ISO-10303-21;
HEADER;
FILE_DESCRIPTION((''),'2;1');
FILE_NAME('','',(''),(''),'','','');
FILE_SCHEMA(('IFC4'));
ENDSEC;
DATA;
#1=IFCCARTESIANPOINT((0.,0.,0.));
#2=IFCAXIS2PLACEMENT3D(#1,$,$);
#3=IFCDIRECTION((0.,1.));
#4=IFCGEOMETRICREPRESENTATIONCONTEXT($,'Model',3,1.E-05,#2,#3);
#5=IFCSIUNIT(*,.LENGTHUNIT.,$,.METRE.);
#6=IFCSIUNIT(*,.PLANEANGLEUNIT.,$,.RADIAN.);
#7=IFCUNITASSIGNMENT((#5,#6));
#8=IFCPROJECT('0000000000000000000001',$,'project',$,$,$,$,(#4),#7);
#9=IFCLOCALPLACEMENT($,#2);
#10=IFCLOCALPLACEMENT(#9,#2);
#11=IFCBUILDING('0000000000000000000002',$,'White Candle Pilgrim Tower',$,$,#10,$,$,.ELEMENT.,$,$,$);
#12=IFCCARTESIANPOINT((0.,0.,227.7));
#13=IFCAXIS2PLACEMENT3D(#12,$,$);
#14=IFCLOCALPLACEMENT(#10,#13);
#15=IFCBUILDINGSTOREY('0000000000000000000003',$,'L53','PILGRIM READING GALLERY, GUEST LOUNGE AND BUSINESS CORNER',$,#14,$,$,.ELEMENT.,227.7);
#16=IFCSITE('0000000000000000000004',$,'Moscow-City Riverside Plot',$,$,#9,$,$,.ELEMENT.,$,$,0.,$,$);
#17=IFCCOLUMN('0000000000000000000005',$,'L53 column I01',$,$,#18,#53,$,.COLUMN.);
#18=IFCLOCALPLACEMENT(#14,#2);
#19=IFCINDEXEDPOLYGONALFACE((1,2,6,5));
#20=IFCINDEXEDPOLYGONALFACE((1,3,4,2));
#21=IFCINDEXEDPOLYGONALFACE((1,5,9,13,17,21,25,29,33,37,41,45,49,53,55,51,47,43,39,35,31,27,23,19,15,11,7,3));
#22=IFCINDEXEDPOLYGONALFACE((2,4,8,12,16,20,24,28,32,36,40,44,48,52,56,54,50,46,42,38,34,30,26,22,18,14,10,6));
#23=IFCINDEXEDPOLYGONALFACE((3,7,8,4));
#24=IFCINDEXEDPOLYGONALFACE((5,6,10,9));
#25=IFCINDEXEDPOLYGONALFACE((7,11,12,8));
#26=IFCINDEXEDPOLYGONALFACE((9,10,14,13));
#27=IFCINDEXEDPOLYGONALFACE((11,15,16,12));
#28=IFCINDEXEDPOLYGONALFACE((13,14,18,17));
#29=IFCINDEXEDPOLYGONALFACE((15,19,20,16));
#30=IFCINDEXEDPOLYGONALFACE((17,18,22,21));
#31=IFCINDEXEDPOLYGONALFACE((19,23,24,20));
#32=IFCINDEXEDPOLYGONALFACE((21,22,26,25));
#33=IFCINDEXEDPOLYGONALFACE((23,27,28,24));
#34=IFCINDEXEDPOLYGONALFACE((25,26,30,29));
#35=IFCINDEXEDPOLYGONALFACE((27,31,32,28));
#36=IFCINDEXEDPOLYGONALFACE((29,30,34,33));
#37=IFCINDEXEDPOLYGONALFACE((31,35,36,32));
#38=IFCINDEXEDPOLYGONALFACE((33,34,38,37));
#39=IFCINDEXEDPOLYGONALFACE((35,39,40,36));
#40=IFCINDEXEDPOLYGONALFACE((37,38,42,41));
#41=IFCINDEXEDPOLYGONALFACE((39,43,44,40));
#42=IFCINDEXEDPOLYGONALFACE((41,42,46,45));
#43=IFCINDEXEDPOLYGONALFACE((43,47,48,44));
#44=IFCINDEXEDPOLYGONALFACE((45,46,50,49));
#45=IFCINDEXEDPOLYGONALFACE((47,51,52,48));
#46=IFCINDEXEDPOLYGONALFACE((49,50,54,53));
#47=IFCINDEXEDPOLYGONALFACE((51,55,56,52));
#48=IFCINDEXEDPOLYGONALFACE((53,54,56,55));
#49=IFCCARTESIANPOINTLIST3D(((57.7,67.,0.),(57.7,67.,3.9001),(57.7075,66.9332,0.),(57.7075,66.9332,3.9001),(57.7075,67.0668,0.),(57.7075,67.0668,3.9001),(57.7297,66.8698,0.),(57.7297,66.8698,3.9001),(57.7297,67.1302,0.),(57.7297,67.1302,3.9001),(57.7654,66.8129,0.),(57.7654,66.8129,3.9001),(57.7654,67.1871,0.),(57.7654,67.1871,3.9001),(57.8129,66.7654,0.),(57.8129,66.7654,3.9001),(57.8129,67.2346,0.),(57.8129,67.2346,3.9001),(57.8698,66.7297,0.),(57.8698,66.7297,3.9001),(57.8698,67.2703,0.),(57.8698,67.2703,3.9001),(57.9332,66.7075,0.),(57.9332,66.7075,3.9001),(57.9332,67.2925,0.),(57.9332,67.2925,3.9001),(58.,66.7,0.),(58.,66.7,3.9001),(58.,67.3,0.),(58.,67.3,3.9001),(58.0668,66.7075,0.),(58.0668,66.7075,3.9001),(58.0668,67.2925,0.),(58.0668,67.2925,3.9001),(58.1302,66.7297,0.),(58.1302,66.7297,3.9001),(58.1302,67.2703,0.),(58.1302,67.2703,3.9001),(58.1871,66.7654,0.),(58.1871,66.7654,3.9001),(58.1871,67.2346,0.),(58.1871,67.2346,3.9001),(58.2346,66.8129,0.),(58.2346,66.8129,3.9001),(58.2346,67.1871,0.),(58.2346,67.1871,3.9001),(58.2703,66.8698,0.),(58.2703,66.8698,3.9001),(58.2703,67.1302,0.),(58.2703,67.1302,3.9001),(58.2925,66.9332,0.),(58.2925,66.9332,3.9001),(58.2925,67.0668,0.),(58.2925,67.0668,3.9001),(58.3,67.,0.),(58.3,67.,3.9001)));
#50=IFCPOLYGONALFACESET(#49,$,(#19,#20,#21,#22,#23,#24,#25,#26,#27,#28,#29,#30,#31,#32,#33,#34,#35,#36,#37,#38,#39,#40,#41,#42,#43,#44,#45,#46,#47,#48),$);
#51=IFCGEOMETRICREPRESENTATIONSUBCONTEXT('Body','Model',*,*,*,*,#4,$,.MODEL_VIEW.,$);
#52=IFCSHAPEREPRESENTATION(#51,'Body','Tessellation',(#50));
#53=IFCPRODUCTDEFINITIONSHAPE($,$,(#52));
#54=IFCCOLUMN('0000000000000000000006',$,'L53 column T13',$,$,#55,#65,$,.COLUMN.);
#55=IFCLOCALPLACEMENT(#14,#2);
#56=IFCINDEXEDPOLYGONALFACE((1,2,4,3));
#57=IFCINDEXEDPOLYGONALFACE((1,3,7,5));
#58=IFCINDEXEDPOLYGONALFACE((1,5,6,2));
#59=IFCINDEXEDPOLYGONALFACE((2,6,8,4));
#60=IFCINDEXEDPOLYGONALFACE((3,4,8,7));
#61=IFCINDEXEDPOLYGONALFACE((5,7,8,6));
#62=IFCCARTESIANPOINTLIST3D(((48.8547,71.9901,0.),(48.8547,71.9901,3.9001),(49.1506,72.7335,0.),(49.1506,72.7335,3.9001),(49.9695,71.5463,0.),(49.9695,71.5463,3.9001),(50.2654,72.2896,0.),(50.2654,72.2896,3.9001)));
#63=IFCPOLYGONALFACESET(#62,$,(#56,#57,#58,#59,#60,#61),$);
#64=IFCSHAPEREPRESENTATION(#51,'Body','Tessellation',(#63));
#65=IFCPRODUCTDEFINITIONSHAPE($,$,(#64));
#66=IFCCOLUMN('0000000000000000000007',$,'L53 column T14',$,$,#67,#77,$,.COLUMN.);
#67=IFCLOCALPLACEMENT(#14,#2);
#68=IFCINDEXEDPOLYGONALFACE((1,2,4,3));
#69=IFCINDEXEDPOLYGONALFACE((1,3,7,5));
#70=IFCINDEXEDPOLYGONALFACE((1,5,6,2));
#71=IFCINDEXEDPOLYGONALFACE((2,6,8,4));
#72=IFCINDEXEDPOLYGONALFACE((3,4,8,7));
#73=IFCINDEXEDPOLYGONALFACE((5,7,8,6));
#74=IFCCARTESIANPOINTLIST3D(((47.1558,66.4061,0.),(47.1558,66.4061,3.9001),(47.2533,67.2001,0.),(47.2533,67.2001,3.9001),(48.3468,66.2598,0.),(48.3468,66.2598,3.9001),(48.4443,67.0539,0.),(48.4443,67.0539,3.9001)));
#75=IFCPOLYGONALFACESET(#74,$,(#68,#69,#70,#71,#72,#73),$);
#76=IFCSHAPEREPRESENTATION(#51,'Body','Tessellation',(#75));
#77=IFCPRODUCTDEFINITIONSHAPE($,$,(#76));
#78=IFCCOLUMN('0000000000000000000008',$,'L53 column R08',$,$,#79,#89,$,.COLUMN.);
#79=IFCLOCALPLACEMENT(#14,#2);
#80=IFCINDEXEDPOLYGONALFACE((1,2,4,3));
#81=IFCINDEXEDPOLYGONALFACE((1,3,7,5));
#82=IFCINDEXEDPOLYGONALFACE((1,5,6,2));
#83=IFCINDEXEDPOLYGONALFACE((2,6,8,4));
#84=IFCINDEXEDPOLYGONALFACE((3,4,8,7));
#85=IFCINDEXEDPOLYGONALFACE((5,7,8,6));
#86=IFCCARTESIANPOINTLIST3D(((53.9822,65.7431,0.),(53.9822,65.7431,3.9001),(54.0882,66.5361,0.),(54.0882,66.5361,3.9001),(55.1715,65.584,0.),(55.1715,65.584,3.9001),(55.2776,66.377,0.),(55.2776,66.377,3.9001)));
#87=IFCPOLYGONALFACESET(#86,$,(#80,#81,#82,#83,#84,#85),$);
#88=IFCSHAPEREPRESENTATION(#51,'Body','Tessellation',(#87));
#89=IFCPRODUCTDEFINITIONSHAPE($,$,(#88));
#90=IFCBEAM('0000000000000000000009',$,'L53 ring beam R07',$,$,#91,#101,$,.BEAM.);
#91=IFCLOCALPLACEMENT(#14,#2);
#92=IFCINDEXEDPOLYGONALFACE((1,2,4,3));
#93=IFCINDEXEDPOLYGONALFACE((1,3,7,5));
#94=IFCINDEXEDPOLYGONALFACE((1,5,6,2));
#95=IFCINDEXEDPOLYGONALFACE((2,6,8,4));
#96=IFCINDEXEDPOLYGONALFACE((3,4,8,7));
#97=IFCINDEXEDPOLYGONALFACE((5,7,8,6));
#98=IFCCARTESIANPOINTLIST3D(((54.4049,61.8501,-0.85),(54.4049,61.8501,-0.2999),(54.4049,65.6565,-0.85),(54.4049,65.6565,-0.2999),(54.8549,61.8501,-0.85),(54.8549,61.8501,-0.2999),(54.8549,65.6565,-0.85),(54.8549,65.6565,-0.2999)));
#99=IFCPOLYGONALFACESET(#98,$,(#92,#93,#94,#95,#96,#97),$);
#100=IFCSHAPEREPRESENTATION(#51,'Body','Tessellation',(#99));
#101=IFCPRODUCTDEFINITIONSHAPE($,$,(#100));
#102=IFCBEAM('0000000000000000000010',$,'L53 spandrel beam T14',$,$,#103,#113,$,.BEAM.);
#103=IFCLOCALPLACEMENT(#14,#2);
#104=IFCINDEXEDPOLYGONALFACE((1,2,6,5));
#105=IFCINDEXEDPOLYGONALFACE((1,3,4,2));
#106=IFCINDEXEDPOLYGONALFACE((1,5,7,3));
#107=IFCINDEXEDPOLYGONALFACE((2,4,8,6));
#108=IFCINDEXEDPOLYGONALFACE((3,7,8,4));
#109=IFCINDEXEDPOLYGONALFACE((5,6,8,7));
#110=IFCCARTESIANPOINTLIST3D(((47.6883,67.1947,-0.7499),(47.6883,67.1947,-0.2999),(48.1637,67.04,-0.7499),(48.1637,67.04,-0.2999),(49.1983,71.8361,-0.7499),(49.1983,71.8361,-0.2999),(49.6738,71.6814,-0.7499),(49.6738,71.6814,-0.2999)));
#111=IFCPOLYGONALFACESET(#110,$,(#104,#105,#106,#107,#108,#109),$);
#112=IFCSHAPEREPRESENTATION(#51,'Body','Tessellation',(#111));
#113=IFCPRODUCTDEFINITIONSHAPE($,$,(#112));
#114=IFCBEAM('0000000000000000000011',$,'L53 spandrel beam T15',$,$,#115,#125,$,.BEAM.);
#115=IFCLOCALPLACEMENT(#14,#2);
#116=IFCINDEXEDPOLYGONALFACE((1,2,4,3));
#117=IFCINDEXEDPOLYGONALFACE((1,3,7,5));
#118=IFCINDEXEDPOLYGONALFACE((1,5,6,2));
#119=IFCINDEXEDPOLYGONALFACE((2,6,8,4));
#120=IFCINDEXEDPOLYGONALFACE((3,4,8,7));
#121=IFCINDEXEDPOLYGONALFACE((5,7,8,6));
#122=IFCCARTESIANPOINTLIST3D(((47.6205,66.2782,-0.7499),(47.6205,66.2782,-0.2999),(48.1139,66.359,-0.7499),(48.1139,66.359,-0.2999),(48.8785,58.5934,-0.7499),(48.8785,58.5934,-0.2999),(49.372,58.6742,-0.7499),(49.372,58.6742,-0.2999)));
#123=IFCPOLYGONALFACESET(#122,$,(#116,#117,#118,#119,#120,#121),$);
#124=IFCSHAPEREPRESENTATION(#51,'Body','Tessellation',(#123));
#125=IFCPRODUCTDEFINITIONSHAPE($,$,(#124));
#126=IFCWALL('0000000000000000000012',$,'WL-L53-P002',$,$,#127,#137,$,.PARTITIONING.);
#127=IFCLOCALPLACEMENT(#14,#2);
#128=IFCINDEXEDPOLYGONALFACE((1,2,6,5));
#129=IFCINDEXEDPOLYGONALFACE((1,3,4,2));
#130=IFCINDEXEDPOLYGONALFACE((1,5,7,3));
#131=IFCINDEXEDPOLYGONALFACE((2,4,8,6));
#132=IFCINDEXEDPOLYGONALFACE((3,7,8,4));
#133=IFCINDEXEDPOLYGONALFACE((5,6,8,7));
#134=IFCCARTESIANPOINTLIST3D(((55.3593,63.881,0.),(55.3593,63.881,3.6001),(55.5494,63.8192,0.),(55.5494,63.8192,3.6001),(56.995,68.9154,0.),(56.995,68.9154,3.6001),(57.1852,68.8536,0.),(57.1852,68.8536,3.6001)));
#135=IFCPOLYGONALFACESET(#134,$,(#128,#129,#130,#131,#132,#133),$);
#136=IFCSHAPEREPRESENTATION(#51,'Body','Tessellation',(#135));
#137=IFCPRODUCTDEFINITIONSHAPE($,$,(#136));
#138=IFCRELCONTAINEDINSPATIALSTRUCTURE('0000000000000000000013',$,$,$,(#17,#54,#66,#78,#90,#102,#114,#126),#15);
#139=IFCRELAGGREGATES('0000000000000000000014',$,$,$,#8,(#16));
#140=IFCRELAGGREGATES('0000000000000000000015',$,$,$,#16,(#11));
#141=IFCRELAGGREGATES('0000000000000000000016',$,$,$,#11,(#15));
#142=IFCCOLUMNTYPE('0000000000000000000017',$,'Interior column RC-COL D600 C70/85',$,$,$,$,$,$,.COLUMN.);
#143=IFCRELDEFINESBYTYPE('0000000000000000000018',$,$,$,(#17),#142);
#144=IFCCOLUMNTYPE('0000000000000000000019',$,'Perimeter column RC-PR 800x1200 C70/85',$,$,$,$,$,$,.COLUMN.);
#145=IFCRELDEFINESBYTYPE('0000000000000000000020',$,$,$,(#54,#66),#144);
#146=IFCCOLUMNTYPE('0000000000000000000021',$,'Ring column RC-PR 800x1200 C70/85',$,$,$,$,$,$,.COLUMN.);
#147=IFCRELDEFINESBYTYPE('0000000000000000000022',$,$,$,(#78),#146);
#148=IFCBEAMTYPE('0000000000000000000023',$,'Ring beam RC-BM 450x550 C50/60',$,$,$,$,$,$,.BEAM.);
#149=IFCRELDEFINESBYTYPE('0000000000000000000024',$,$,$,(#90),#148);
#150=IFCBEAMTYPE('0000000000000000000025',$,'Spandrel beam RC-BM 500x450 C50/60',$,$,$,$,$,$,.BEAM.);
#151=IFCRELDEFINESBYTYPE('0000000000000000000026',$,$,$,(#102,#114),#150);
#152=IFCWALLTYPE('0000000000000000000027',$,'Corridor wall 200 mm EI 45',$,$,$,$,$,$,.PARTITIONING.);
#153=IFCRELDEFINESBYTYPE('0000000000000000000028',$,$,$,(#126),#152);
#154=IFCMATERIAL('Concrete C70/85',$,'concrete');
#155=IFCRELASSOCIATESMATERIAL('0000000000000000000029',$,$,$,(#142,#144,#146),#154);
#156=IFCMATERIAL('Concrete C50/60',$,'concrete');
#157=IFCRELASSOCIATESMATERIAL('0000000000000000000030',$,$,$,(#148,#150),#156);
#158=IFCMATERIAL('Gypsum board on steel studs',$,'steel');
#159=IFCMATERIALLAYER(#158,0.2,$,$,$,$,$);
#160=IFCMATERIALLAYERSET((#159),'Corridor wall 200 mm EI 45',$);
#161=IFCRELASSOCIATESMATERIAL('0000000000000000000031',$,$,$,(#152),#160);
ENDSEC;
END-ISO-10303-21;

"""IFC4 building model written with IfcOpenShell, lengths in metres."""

from ifc_helpers import new_model, si_unit, direction, frame, frame_2d, origin, origin_2d, place, context, subcontext, project, spatial, rectangle, circle, extrude, material, layer, layer_set, material_profile, profile_set, type_object, element, save


model = new_model("IFC4")

# Units and contexts
model_context = context("Model", 3, precision=1e-05, world=origin(), true_north=direction((0.0, 1.0)))
body_context = subcontext(model_context, "Body", "Model", "MODEL_VIEW")
ifc_project = project(units=[si_unit("LENGTHUNIT", "METRE"), si_unit("PLANEANGLEUNIT", "RADIAN")], contexts=[model_context])

# Site, building, storey
site_placement = place(None, origin())
site = spatial("IfcSite", under=ifc_project, at=site_placement, Name="Moscow-City Riverside Plot", CompositionType="ELEMENT", RefElevation=0.0)
building_placement = place(site_placement, origin())
building = spatial("IfcBuilding", under=site, at=building_placement, Name="White Candle Pilgrim Tower", CompositionType="ELEMENT")
storey_placement = place(building_placement, frame((0.0, 0.0, 227.7)))
storey = spatial("IfcBuildingStorey", under=building, at=storey_placement, Name="L53", Description="PILGRIM READING GALLERY, GUEST LOUNGE AND BUSINESS CORNER", CompositionType="ELEMENT", Elevation=227.7)

# Columns
ifc_material_1 = material(Name="Concrete C70/85", Category="concrete")
ifc_material_profile_1 = material_profile(ifc_material_1, circle(Radius=0.3, at=origin_2d()), Name="RC-COL D600")
ifc_profile_set_1 = profile_set([ifc_material_profile_1], Name="Concrete C70/85")
column_type_1 = type_object("IfcColumnType", Name="Interior column RC-COL D600 C70/85", PredefinedType="COLUMN", material=ifc_profile_set_1)
column_1_placement = place(storey_placement, frame((58.0, 67.0, 0.0), z_axis=(0.0, 0.0, 1.0), x_axis=(1.0, 0.0, 0.0)))
element("IfcColumn", 1, at=column_1_placement, inside=storey, type_object=column_type_1, Name="L53 column I01", PredefinedType="COLUMN", context=body_context, shape_type="SweptSolid", body=[
    extrude(circle(Radius=0.3, at=origin_2d()), origin(), (0.0, 0.0, 1.0), 3.9001),
])
ifc_material_profile_2 = material_profile(ifc_material_1, rectangle(XDim=0.8, YDim=1.2, at=origin_2d()), Name="RC-PR 800x1200")
ifc_profile_set_2 = profile_set([ifc_material_profile_2], Name="Concrete C70/85")
column_type_2 = type_object("IfcColumnType", Name="Perimeter column RC-PR 800x1200 C70/85", PredefinedType="COLUMN", material=ifc_profile_set_2)
for number, where, z_axis, x_axis, name in (
    (2, (49.5601, 72.1399, 0.0), (0.0, 0.0, 1.0), (0.36986, 0.929087, 0.0), "L53 column T13"),
    (3, (47.8, 66.73, 0.0), (0.0, 0.0, 1.0), (0.121869, 0.992546, 0.0), "L53 column T14"),
):
    element("IfcColumn", number, at=place(storey_placement, frame(where, z_axis=z_axis, x_axis=x_axis)), inside=storey, type_object=column_type_2, Name=name, PredefinedType="COLUMN", context=body_context, shape_type="SweptSolid", body=[
        extrude(rectangle(XDim=0.8, YDim=1.2, at=origin_2d()), origin(), (0.0, 0.0, 1.0), 3.9001),
    ])
ifc_material_profile_3 = material_profile(ifc_material_1, rectangle(XDim=0.8, YDim=1.2, at=origin_2d()), Name="RC-PR 800x1200")
ifc_profile_set_3 = profile_set([ifc_material_profile_3], Name="Concrete C70/85")
column_type_3 = type_object("IfcColumnType", Name="Ring column RC-PR 800x1200 C70/85", PredefinedType="COLUMN", material=ifc_profile_set_3)
column_2_placement = place(storey_placement, frame((54.6299, 66.0601, 0.0), z_axis=(0.0, 0.0, 1.0), x_axis=(0.132602, 0.991169, 0.0)))
element("IfcColumn", 4, at=column_2_placement, inside=storey, type_object=column_type_3, Name="L53 column R08", PredefinedType="COLUMN", context=body_context, shape_type="SweptSolid", body=[
    extrude(rectangle(XDim=0.8, YDim=1.2, at=origin_2d()), origin(), (0.0, 0.0, 1.0), 3.9001),
])

# Beams
ifc_material_2 = material(Name="Concrete C50/60", Category="concrete")
ifc_material_profile_4 = material_profile(ifc_material_2, rectangle(XDim=0.45, YDim=0.55, at=origin_2d()), Name="RC-BM 450x550")
ifc_profile_set_4 = profile_set([ifc_material_profile_4], Name="Concrete C50/60")
beam_type_1 = type_object("IfcBeamType", Name="Ring beam RC-BM 450x550 C50/60", PredefinedType="BEAM", material=ifc_profile_set_4)
beam_1_placement = place(storey_placement, frame((54.6299, 65.6565, -0.575), z_axis=(0.0, -1.0, 0.0), x_axis=(1.0, 0.0, 0.0)))
element("IfcBeam", 5, at=beam_1_placement, inside=storey, type_object=beam_type_1, Name="L53 ring beam R07", PredefinedType="BEAM", context=body_context, shape_type="SweptSolid", body=[
    extrude(rectangle(XDim=0.45, YDim=0.55, at=origin_2d()), origin(), (0.0, 0.0, 1.0), 3.8064),
])
ifc_material_profile_5 = material_profile(ifc_material_2, rectangle(XDim=0.5, YDim=0.45, at=origin_2d()), Name="RC-BM 500x450")
ifc_profile_set_5 = profile_set([ifc_material_profile_5], Name="Concrete C50/60")
beam_type_2 = type_object("IfcBeamType", Name="Spandrel beam RC-BM 500x450 C50/60", PredefinedType="BEAM", material=ifc_profile_set_5)
beam_2_placement = place(storey_placement, frame((49.436, 71.7588, -0.5249), z_axis=(-0.309377, -0.95094, 0.0), x_axis=(0.95094, -0.309377, 0.0)))
element("IfcBeam", 6, at=beam_2_placement, inside=storey, type_object=beam_type_2, Name="L53 spandrel beam T14", PredefinedType="BEAM", context=body_context, shape_type="SweptSolid", body=[
    extrude(rectangle(XDim=0.5, YDim=0.45, at=origin_2d()), origin(), (0.0, 0.0, 1.0), 4.8809),
])
beam_3_placement = place(storey_placement, frame((47.8672, 66.3186, -0.5249), z_axis=(0.161556, -0.986863, 0.0), x_axis=(0.986863, 0.161556, 0.0)))
element("IfcBeam", 7, at=beam_3_placement, inside=storey, type_object=beam_type_2, Name="L53 spandrel beam T15", PredefinedType="BEAM", context=body_context, shape_type="SweptSolid", body=[
    extrude(rectangle(XDim=0.5, YDim=0.45, at=origin_2d()), origin(), (0.0, 0.0, 1.0), 7.7871),
])

# Wall
ifc_material_3 = material(Name="Gypsum board on steel studs", Category="steel")
ifc_layer_1 = layer(ifc_material_3, 0.2)
ifc_layer_set_1 = layer_set([ifc_layer_1], Name="Corridor wall 200 mm EI 45")
wall_type_1 = type_object("IfcWallType", Name="Corridor wall 200 mm EI 45", PredefinedType="PARTITIONING", material=ifc_layer_set_1)
wall_1_placement = place(storey_placement, frame((55.4543, 63.8501, 0.0), z_axis=(0.0, 0.0, 1.0), x_axis=(0.30901, 0.951059, 0.0)))
element("IfcWall", 8, at=wall_1_placement, inside=storey, type_object=wall_type_1, Name="WL-L53-P002", PredefinedType="PARTITIONING", context=body_context, shape_type="SweptSolid", body=[
    extrude(rectangle(XDim=5.2935, YDim=0.2, at=frame_2d((2.6467, 0.0))), origin(), (0.0, 0.0, 1.0), 3.6001),
])

save(model, "model.ifc")
